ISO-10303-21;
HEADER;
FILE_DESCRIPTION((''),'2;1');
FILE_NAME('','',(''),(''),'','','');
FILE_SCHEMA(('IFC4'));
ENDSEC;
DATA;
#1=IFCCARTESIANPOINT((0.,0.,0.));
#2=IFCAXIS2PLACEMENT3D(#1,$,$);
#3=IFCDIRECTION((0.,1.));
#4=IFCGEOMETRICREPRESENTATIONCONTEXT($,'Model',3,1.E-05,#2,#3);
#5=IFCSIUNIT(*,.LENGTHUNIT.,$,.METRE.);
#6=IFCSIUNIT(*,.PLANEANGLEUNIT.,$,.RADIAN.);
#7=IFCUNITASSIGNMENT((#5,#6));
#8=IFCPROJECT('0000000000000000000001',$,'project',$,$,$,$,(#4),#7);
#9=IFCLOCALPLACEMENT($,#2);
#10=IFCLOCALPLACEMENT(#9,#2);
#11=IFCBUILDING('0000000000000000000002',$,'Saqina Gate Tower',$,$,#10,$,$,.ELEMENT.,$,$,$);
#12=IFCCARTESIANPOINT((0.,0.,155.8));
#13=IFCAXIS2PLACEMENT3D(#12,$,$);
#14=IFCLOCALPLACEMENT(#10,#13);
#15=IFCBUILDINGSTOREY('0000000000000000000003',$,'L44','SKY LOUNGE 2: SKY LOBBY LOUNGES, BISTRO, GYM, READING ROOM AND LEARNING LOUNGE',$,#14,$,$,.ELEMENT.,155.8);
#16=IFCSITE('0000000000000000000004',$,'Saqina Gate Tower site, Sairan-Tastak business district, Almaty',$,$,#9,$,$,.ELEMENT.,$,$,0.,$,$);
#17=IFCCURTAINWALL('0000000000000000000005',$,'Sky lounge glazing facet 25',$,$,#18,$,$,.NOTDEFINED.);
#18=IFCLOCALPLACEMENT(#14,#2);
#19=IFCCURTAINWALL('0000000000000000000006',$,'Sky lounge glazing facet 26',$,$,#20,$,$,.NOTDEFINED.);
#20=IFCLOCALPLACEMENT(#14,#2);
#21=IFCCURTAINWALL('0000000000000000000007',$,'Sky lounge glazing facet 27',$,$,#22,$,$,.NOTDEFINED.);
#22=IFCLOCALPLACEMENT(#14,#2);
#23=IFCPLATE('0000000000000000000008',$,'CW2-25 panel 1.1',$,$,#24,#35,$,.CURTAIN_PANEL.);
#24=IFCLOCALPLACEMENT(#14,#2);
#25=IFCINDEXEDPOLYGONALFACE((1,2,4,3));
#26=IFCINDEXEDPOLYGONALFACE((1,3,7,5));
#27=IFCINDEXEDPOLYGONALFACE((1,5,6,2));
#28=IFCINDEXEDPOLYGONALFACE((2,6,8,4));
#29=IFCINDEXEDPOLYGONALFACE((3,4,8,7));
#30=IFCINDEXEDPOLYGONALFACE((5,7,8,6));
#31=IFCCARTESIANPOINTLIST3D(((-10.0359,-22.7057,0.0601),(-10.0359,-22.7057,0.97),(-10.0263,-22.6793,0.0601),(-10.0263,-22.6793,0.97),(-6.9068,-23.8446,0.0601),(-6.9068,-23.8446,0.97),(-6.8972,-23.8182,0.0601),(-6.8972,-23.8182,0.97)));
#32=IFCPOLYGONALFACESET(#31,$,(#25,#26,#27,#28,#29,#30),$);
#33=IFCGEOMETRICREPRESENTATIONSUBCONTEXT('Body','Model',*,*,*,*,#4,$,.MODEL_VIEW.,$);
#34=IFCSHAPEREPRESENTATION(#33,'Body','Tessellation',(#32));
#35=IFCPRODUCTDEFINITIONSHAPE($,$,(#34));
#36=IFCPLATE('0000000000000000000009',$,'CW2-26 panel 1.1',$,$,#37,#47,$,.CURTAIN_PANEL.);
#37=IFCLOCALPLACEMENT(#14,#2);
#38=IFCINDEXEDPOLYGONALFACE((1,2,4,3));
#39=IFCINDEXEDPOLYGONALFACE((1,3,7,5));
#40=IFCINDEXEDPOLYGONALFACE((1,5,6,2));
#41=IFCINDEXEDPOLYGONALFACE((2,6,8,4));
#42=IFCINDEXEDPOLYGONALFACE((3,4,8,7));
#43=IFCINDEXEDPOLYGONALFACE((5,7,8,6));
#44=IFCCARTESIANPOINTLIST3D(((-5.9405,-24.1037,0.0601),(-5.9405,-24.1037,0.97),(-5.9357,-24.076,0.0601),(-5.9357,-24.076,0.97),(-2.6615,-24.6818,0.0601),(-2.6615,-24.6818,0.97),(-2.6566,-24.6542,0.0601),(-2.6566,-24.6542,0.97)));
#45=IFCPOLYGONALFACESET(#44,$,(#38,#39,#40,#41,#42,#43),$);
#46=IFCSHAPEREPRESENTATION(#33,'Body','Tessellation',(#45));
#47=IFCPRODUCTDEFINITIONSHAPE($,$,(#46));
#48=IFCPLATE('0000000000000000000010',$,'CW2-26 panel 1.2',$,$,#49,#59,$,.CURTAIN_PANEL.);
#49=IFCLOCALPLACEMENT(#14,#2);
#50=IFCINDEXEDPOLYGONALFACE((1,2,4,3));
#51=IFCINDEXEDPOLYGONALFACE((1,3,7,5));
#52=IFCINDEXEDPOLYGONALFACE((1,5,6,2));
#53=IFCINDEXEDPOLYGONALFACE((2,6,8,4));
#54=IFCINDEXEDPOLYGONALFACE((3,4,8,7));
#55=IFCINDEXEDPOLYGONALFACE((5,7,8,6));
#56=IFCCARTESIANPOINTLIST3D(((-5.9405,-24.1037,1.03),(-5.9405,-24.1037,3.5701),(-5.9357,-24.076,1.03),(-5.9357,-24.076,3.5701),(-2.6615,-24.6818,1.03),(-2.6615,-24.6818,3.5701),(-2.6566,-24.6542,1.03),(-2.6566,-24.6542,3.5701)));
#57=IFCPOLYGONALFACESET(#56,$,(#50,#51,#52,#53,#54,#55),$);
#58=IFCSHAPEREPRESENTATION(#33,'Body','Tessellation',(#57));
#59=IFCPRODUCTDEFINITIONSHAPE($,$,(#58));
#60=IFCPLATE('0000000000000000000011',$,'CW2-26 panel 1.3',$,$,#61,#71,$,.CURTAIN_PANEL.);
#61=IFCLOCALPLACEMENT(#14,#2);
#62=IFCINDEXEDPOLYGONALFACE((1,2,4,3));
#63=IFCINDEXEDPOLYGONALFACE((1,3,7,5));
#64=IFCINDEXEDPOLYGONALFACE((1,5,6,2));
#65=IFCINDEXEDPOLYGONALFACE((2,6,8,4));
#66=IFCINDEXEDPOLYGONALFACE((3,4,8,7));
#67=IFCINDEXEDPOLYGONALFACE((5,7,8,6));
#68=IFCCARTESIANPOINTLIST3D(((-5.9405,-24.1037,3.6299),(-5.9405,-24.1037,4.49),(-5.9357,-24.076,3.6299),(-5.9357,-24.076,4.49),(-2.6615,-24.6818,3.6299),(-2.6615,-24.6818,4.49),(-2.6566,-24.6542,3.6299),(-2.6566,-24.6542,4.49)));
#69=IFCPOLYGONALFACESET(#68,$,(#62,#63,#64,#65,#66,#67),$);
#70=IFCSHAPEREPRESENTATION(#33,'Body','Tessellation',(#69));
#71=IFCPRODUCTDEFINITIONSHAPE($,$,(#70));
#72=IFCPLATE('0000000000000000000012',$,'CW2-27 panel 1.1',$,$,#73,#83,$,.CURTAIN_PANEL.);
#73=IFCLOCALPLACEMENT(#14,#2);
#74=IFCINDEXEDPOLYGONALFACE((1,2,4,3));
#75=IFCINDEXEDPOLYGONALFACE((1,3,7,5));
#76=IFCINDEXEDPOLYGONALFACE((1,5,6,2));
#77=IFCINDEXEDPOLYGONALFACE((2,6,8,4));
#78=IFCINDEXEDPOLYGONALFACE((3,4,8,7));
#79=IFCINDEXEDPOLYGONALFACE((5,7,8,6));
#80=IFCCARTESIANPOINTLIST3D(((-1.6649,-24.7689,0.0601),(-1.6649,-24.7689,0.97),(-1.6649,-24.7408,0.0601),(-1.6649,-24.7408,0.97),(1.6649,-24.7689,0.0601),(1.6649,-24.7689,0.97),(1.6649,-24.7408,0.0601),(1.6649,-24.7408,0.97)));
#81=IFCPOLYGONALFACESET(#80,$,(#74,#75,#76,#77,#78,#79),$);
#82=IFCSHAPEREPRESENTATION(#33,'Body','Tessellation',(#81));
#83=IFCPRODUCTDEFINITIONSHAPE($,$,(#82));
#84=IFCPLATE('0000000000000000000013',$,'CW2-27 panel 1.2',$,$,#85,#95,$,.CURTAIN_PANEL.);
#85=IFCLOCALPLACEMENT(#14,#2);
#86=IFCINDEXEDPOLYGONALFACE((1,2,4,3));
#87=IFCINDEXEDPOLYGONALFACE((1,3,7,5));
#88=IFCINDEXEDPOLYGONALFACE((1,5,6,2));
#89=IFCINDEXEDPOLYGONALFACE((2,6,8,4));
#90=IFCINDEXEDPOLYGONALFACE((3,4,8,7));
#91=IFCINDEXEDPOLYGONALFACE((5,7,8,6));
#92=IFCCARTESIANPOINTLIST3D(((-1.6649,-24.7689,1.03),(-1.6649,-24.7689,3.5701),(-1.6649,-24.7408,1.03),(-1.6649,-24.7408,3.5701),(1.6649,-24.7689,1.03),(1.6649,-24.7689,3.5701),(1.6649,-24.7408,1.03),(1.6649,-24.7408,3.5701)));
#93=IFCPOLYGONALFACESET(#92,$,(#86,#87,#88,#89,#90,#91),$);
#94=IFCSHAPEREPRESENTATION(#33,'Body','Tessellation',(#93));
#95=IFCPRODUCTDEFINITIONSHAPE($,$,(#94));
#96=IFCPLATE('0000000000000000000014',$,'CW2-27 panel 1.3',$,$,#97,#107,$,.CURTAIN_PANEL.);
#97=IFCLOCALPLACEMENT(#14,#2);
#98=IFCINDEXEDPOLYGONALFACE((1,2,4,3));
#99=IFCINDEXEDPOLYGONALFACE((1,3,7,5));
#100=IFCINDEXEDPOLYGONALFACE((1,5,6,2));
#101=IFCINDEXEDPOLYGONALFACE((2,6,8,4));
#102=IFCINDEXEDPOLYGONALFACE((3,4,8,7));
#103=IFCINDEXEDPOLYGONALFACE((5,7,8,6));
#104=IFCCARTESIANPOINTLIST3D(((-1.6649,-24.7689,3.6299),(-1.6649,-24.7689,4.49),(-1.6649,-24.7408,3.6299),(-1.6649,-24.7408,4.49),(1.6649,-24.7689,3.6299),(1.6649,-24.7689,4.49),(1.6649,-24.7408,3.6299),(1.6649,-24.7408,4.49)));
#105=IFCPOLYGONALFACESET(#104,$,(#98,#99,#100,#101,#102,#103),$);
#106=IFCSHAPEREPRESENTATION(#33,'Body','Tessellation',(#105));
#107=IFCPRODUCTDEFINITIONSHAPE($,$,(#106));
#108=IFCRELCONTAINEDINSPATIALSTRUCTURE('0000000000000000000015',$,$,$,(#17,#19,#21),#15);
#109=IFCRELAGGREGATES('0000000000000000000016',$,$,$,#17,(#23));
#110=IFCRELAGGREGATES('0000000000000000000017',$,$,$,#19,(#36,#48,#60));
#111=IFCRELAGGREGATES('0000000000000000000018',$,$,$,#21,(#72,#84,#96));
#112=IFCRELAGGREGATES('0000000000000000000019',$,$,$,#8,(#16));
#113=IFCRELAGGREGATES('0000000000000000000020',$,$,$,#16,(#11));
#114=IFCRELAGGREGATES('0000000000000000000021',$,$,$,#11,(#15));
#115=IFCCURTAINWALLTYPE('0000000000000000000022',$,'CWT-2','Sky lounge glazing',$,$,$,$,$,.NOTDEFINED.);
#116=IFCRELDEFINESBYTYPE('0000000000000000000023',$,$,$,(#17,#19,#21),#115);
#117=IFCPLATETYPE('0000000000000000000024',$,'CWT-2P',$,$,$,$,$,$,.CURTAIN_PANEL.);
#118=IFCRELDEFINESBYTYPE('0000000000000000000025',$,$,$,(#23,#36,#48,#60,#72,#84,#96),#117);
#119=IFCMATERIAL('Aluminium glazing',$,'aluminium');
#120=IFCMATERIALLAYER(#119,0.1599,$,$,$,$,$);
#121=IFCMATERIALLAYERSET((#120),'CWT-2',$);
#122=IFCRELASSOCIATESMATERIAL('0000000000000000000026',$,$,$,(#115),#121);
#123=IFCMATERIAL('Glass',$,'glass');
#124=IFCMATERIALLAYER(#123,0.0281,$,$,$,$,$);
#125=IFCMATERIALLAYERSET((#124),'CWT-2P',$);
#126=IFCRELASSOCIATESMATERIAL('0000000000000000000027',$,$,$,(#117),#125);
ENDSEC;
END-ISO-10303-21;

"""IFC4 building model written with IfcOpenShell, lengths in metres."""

from ifc_helpers import new_model, si_unit, direction, frame, origin, origin_2d, place, context, subcontext, project, spatial, rectangle, extrude, material, layer, layer_set, type_object, element, aggregate, save


model = new_model("IFC4")

# Units and contexts
model_context = context("Model", 3, precision=1e-05, world=origin(), true_north=direction((0.0, 1.0)))
body_context = subcontext(model_context, "Body", "Model", "MODEL_VIEW")
ifc_project = project(units=[si_unit("LENGTHUNIT", "METRE"), si_unit("PLANEANGLEUNIT", "RADIAN")], contexts=[model_context])

# Site, building, storey
site_placement = place(None, origin())
site = spatial("IfcSite", under=ifc_project, at=site_placement, Name="Saqina Gate Tower site, Sairan-Tastak business district, Almaty", CompositionType="ELEMENT", RefElevation=0.0)
building_placement = place(site_placement, origin())
building = spatial("IfcBuilding", under=site, at=building_placement, Name="Saqina Gate Tower", CompositionType="ELEMENT")
storey_placement = place(building_placement, frame((0.0, 0.0, 155.8)))
storey = spatial("IfcBuildingStorey", under=building, at=storey_placement, Name="L44", Description="SKY LOUNGE 2: SKY LOBBY LOUNGES, BISTRO, GYM, READING ROOM AND LEARNING LOUNGE", CompositionType="ELEMENT", Elevation=155.8)

# Curtain wall
ifc_material_1 = material(Name="Aluminium glazing", Category="aluminium")
ifc_layer_1 = layer(ifc_material_1, 0.1599)
ifc_layer_set_1 = layer_set([ifc_layer_1], Name="CWT-2")
curtain_wall_type = type_object("IfcCurtainWallType", Name="CWT-2", Description="Sky lounge glazing", PredefinedType="NOTDEFINED", material=ifc_layer_set_1)
curtain_wall_1_placement = place(storey_placement, origin())
curtain_wall_1 = element("IfcCurtainWall", 1, at=curtain_wall_1_placement, inside=storey, type_object=curtain_wall_type, Name="Sky lounge glazing facet 25", PredefinedType="NOTDEFINED")

# Curtain wall
curtain_wall_2_placement = place(storey_placement, origin())
curtain_wall_2 = element("IfcCurtainWall", 2, at=curtain_wall_2_placement, inside=storey, type_object=curtain_wall_type, Name="Sky lounge glazing facet 26", PredefinedType="NOTDEFINED")

# Curtain wall
curtain_wall_3_placement = place(storey_placement, origin())
curtain_wall_3 = element("IfcCurtainWall", 3, at=curtain_wall_3_placement, inside=storey, type_object=curtain_wall_type, Name="Sky lounge glazing facet 27", PredefinedType="NOTDEFINED")

# Plates
ifc_material_2 = material(Name="Glass", Category="glass")
ifc_layer_2 = layer(ifc_material_2, 0.0281)
ifc_layer_set_2 = layer_set([ifc_layer_2], Name="CWT-2P")
plate_type = type_object("IfcPlateType", Name="CWT-2P", PredefinedType="CURTAIN_PANEL", material=ifc_layer_set_2)
plate_1_placement = place(storey_placement, frame((-8.4666, -23.262, 0.0601), z_axis=(0.0, 0.0, 1.0), x_axis=(0.939691, -0.342025, 0.0)))
plate_1 = element("IfcPlate", 4, at=plate_1_placement, type_object=plate_type, Name="CW2-25 panel 1.1", PredefinedType="CURTAIN_PANEL", context=body_context, shape_type="SweptSolid", body=[
    extrude(rectangle(XDim=3.3298, YDim=0.0281, at=origin_2d()), origin(), (0.0, 0.0, 1.0), 0.9099),
])
aggregate(curtain_wall_1, [plate_1])
plate_2_placement = place(storey_placement, frame((-4.2986, -24.3789, 0.0601), z_axis=(0.0, 0.0, 1.0), x_axis=(0.98481, -0.173638, 0.0)))
plate_2 = element("IfcPlate", 5, at=plate_2_placement, type_object=plate_type, Name="CW2-26 panel 1.1", PredefinedType="CURTAIN_PANEL", context=body_context, shape_type="SweptSolid", body=[
    extrude(rectangle(XDim=3.3296, YDim=0.0281, at=origin_2d()), origin(), (0.0, 0.0, 1.0), 0.9099),
])
plate_3_placement = place(storey_placement, frame((-4.2986, -24.3789, 1.03), z_axis=(0.0, 0.0, 1.0), x_axis=(0.98481, -0.173638, 0.0)))
plate_3 = element("IfcPlate", 6, at=plate_3_placement, type_object=plate_type, Name="CW2-26 panel 1.2", PredefinedType="CURTAIN_PANEL", context=body_context, shape_type="SweptSolid", body=[
    extrude(rectangle(XDim=3.3296, YDim=0.0281, at=origin_2d()), origin(), (0.0, 0.0, 1.0), 2.54),
])
plate_4_placement = place(storey_placement, frame((-4.2986, -24.3789, 3.6299), z_axis=(0.0, 0.0, 1.0), x_axis=(0.98481, -0.173638, 0.0)))
plate_4 = element("IfcPlate", 7, at=plate_4_placement, type_object=plate_type, Name="CW2-26 panel 1.3", PredefinedType="CURTAIN_PANEL", context=body_context, shape_type="SweptSolid", body=[
    extrude(rectangle(XDim=3.3296, YDim=0.0281, at=origin_2d()), origin(), (0.0, 0.0, 1.0), 0.8601),
])
aggregate(curtain_wall_2, [plate_2, plate_3, plate_4])
plate_5_placement = place(storey_placement, frame((0.0, -24.7549, 0.0601), z_axis=(0.0, 0.0, 1.0), x_axis=(1.0, 0.0, 0.0)))
plate_5 = element("IfcPlate", 8, at=plate_5_placement, type_object=plate_type, Name="CW2-27 panel 1.1", PredefinedType="CURTAIN_PANEL", context=body_context, shape_type="SweptSolid", body=[
    extrude(rectangle(XDim=3.3298, YDim=0.0281, at=origin_2d()), origin(), (0.0, 0.0, 1.0), 0.9099),
])
plate_6_placement = place(storey_placement, frame((0.0, -24.7549, 1.03), z_axis=(0.0, 0.0, 1.0), x_axis=(1.0, 0.0, 0.0)))
plate_6 = element("IfcPlate", 9, at=plate_6_placement, type_object=plate_type, Name="CW2-27 panel 1.2", PredefinedType="CURTAIN_PANEL", context=body_context, shape_type="SweptSolid", body=[
    extrude(rectangle(XDim=3.3298, YDim=0.0281, at=origin_2d()), origin(), (0.0, 0.0, 1.0), 2.54),
])
plate_7_placement = place(storey_placement, frame((0.0, -24.7549, 3.6299), z_axis=(0.0, 0.0, 1.0), x_axis=(1.0, 0.0, 0.0)))
plate_7 = element("IfcPlate", 10, at=plate_7_placement, type_object=plate_type, Name="CW2-27 panel 1.3", PredefinedType="CURTAIN_PANEL", context=body_context, shape_type="SweptSolid", body=[
    extrude(rectangle(XDim=3.3298, YDim=0.0281, at=origin_2d()), origin(), (0.0, 0.0, 1.0), 0.8601),
])
aggregate(curtain_wall_3, [plate_5, plate_6, plate_7])

save(model, "model.ifc")
